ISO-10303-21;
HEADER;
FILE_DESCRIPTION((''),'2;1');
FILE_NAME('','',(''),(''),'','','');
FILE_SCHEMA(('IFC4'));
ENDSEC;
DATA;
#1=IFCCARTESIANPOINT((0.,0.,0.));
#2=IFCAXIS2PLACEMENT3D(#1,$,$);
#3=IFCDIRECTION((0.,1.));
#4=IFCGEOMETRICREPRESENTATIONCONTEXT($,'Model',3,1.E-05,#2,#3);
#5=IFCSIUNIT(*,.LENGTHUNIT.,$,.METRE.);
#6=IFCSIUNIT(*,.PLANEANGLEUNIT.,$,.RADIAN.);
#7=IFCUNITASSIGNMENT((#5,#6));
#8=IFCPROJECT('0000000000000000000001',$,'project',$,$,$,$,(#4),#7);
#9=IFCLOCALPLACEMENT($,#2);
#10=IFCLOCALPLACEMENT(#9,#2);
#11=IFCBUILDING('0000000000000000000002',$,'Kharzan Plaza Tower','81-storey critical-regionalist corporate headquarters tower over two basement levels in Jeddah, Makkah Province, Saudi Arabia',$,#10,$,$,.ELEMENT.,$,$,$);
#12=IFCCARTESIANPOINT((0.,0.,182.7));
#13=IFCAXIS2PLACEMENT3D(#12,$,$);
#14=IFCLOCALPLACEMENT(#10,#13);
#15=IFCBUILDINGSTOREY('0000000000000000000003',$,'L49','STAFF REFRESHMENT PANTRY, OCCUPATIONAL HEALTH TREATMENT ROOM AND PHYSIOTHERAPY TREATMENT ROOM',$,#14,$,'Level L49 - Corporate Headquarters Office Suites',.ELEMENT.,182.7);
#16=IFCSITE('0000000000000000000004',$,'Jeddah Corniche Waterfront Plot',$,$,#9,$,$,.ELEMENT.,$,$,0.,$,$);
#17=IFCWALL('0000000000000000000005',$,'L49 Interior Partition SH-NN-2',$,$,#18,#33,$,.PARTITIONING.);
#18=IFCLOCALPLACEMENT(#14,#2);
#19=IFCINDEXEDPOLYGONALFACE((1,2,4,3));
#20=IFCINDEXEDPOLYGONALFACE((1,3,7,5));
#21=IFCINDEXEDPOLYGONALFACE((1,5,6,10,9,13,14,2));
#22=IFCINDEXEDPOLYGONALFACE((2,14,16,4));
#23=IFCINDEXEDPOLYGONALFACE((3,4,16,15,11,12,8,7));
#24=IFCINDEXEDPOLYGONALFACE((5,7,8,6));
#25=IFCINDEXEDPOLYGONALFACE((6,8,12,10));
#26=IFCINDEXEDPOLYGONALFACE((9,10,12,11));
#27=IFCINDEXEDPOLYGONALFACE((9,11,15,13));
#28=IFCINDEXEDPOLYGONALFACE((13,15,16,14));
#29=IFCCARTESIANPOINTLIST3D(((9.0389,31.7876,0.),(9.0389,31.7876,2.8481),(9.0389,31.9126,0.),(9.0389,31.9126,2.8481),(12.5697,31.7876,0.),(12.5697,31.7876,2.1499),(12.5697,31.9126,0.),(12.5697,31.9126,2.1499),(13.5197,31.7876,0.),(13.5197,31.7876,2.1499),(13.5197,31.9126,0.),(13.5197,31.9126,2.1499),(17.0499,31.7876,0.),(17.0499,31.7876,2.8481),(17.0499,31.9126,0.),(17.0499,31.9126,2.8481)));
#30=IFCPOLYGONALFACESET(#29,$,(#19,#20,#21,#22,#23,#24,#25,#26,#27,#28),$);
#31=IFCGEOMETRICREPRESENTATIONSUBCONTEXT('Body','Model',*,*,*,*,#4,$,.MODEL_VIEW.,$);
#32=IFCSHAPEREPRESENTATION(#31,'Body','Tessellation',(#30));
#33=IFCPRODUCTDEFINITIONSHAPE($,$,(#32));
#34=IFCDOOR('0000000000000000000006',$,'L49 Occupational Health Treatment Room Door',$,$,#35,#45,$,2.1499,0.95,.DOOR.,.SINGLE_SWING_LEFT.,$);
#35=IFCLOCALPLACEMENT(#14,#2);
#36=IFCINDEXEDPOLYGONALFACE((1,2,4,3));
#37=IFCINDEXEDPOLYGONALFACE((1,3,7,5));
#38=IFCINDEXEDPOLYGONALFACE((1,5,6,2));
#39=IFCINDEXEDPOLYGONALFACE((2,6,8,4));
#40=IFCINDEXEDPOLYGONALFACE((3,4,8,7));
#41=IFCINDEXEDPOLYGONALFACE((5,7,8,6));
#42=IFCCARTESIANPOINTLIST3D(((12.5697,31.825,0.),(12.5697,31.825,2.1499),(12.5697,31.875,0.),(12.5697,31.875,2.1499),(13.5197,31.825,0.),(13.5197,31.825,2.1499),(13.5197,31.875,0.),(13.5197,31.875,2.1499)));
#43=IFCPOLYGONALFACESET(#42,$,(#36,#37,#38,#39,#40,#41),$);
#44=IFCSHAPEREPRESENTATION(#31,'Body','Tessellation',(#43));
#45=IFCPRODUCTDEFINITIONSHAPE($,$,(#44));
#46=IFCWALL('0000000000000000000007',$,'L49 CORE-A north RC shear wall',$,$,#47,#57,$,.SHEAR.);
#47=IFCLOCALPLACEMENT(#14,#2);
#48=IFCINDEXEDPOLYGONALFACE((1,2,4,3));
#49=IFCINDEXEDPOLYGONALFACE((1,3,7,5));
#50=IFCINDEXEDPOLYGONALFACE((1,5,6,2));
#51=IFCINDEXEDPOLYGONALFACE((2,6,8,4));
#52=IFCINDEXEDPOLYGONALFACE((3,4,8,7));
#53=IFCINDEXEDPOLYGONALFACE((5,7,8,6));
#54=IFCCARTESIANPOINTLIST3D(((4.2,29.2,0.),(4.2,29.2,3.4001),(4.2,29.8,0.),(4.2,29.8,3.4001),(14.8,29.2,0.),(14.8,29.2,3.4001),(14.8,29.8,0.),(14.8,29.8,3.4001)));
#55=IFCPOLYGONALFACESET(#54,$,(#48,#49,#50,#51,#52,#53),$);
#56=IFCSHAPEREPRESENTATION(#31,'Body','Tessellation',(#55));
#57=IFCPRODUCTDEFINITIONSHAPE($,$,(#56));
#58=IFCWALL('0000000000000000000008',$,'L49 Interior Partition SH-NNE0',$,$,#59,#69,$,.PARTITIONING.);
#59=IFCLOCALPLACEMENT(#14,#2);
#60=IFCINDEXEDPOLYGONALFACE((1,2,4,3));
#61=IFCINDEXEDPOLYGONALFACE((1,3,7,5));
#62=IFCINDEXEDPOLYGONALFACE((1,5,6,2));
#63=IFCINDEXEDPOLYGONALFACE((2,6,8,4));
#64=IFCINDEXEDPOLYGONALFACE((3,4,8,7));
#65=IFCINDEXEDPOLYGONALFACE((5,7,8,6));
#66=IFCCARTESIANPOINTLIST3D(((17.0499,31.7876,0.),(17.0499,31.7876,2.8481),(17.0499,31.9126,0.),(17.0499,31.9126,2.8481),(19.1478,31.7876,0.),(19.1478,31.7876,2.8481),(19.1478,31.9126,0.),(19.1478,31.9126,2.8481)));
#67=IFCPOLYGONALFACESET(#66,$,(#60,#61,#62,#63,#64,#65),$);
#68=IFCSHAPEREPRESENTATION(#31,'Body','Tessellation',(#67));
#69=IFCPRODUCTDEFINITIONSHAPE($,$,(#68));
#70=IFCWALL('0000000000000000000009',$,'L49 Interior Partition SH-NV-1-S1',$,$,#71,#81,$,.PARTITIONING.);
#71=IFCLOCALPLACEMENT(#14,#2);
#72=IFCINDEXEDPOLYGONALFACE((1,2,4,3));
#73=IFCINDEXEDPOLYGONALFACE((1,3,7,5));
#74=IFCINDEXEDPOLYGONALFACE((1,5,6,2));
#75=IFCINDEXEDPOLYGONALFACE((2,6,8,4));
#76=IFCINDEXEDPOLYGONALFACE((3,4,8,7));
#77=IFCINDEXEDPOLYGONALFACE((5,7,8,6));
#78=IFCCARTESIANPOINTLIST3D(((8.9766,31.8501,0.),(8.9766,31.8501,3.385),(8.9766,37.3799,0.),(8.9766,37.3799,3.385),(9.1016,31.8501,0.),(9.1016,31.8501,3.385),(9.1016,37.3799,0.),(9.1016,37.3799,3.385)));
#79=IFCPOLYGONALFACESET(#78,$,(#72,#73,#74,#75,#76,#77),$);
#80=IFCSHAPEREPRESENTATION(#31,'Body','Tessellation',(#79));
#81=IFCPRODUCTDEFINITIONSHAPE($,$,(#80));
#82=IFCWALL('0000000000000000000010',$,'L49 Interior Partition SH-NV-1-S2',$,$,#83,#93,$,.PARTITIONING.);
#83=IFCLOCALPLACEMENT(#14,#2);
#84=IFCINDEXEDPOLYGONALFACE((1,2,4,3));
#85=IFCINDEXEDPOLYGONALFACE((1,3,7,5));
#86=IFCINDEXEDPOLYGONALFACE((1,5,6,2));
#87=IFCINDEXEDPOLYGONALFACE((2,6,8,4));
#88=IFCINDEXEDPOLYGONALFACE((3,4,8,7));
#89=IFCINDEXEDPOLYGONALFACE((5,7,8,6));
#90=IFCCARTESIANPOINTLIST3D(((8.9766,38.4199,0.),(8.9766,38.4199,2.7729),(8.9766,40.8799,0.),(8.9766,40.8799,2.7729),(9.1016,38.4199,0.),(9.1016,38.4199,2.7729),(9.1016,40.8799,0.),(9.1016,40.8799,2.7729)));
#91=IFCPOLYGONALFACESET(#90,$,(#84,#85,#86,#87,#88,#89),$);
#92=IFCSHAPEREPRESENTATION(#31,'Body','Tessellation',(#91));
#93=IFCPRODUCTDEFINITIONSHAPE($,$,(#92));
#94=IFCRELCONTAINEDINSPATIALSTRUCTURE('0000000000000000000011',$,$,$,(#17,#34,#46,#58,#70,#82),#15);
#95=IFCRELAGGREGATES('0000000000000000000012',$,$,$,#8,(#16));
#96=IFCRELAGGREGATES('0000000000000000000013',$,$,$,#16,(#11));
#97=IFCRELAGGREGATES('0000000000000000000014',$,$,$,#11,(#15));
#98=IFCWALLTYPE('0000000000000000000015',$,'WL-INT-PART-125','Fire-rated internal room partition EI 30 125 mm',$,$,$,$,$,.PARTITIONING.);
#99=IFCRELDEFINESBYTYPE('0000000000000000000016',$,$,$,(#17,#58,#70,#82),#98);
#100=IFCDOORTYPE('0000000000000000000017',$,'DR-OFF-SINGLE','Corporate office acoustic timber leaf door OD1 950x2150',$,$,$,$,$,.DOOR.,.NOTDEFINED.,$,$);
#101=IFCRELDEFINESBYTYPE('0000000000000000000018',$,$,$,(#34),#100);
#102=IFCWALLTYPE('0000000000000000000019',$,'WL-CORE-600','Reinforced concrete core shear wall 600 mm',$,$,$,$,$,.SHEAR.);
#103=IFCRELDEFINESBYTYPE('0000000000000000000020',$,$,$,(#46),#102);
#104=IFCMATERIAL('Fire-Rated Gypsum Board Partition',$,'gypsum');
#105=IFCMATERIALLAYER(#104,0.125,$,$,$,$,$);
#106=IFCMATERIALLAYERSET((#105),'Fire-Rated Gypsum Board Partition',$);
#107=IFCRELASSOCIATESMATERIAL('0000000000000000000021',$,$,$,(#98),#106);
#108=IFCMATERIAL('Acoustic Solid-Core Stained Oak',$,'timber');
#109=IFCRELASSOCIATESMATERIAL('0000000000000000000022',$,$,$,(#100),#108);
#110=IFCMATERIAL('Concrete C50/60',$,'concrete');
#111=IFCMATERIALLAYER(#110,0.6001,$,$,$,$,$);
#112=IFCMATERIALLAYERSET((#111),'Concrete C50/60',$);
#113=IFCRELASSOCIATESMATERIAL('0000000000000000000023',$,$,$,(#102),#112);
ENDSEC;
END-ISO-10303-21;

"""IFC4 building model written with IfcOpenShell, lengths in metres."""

from ifc_helpers import new_model, si_unit, direction, frame, frame_2d, origin, place, context, subcontext, project, spatial, rectangle, extrude, source, transform, mapped, material, layer, layer_set, type_object, element, fill, save


model = new_model("IFC4")

# Units and contexts
model_context = context("Model", 3, precision=1e-05, world=origin(), true_north=direction((0.0, 1.0)))
body_context = subcontext(model_context, "Body", "Model", "MODEL_VIEW")
ifc_project = project(units=[si_unit("LENGTHUNIT", "METRE"), si_unit("PLANEANGLEUNIT", "RADIAN")], contexts=[model_context])

# Site, building, storey
site_placement = place(None, origin())
site = spatial("IfcSite", under=ifc_project, at=site_placement, Name="Jeddah Corniche Waterfront Plot", CompositionType="ELEMENT", RefElevation=0.0)
building_placement = place(site_placement, origin())
building = spatial("IfcBuilding", under=site, at=building_placement, Name="Kharzan Plaza Tower", Description="81-storey critical-regionalist corporate headquarters tower over two basement levels in Jeddah, Makkah Province, Saudi Arabia", CompositionType="ELEMENT")
storey_placement = place(building_placement, frame((0.0, 0.0, 182.7)))
storey = spatial("IfcBuildingStorey", under=building, at=storey_placement, Name="L49", Description="STAFF REFRESHMENT PANTRY, OCCUPATIONAL HEALTH TREATMENT ROOM AND PHYSIOTHERAPY TREATMENT ROOM", LongName="Level L49 - Corporate Headquarters Office Suites", CompositionType="ELEMENT", Elevation=182.7)

# Shared definitions
ifc_material_1 = material(Name="Concrete C50/60", Category="concrete")

# Wall, opening, door
ifc_material_2 = material(Name="Fire-Rated Gypsum Board Partition", Category="gypsum")
ifc_layer_1 = layer(ifc_material_2, 0.125)
ifc_layer_set_1 = layer_set([ifc_layer_1], Name="Fire-Rated Gypsum Board Partition")
wall_type_1 = type_object("IfcWallType", Name="WL-INT-PART-125", Description="Fire-rated internal room partition EI 30 125 mm", PredefinedType="PARTITIONING", material=ifc_layer_set_1)
wall_1_placement = place(storey_placement, frame((9.0391, 31.8501, 0.0), z_axis=(0.0, 0.0, 1.0), x_axis=(1.0, 0.0, 0.0)))
wall_1 = element("IfcWall", 1, at=wall_1_placement, inside=storey, type_object=wall_type_1, Name="L49 Interior Partition SH-NN-2", PredefinedType="PARTITIONING", context=body_context, shape_type="SweptSolid", body=[
    extrude(rectangle(XDim=8.011, YDim=0.125, at=frame_2d((4.0054, 0.0))), origin(), (0.0, 0.0, 1.0), 2.8481),
])
opening_1_placement = place(wall_1_placement, frame((3.5305, 0.0, 0.0)))
opening_1 = element("IfcOpeningElement", 2, at=opening_1_placement, cuts=wall_1, PredefinedType="OPENING", context=body_context, shape_type="SweptSolid", body=[
    extrude(rectangle(XDim=0.95, YDim=2.1499, at=frame_2d((0.4751, 1.075))), frame((0.0, 0.0725, 0.0), z_axis=(0.0, -1.0, 0.0), x_axis=(1.0, 0.0, 0.0)), (0.0, 0.0, 1.0), 0.145),
])
ifc_material_3 = material(Name="Acoustic Solid-Core Stained Oak", Category="timber")
door_type = type_object("IfcDoorType", Name="DR-OFF-SINGLE", Description="Corporate office acoustic timber leaf door OD1 950x2150", OperationType="NOTDEFINED", PredefinedType="DOOR", material=ifc_material_3)
shared_shape_1 = source(origin(), body_context, "Body", "SweptSolid", [
    extrude(rectangle(XDim=0.95, YDim=2.1499, at=frame_2d((0.4751, 1.075))), frame((0.0, 0.0249, 0.0), z_axis=(0.0, -1.0, 0.0), x_axis=(1.0, 0.0, 0.0)), (0.0, 0.0, 1.0), 0.05),
])
door_placement = place(opening_1_placement, origin())
door = element("IfcDoor", 3, at=door_placement, inside=storey, type_object=door_type, Name="L49 Occupational Health Treatment Room Door", OperationType="SINGLE_SWING_LEFT", OverallHeight=2.1499, OverallWidth=0.95, PredefinedType="DOOR", context=body_context, shape_type="MappedRepresentation", body=[
    mapped(shared_shape_1, transform((0.0, 0.0, 0.0), x_axis=(1.0, 0.0, 0.0), y_axis=(0.0, 1.0, 0.0), z_axis=(0.0, 0.0, 1.0))),
])
fill(opening_1, door)

# Walls
ifc_layer_2 = layer(ifc_material_1, 0.6001)
ifc_layer_set_2 = layer_set([ifc_layer_2], Name="Concrete C50/60")
wall_type_2 = type_object("IfcWallType", Name="WL-CORE-600", Description="Reinforced concrete core shear wall 600 mm", PredefinedType="SHEAR", material=ifc_layer_set_2)
shared_shape_2 = source(origin(), body_context, "Body", "SweptSolid", [
    extrude(rectangle(XDim=10.6001, YDim=0.6001, at=frame_2d((5.3, 0.0))), origin(), (0.0, 0.0, 1.0), 3.4001),
])
wall_2_placement = place(storey_placement, frame((4.2, 29.5, 0.0), z_axis=(0.0, 0.0, 1.0), x_axis=(1.0, 0.0, 0.0)))
element("IfcWall", 4, at=wall_2_placement, inside=storey, type_object=wall_type_2, Name="L49 CORE-A north RC shear wall", PredefinedType="SHEAR", context=body_context, shape_type="MappedRepresentation", body=[
    mapped(shared_shape_2, transform((0.0, 0.0, 0.0), x_axis=(1.0, 0.0, 0.0), y_axis=(0.0, 1.0, 0.0), z_axis=(0.0, 0.0, 1.0))),
])
shared_shape_3 = source(origin(), body_context, "Body", "SweptSolid", [
    extrude(rectangle(XDim=2.0979, YDim=0.125, at=frame_2d((1.0488, 0.0))), origin(), (0.0, 0.0, 1.0), 2.8481),
])
wall_3_placement = place(storey_placement, frame((17.05, 31.8501, 0.0), z_axis=(0.0, 0.0, 1.0), x_axis=(1.0, 0.0, 0.0)))
element("IfcWall", 5, at=wall_3_placement, inside=storey, type_object=wall_type_1, Name="L49 Interior Partition SH-NNE0", PredefinedType="PARTITIONING", context=body_context, shape_type="MappedRepresentation", body=[
    mapped(shared_shape_3, transform((0.0, 0.0, 0.0), x_axis=(1.0, 0.0, 0.0), y_axis=(0.0, 1.0, 0.0), z_axis=(0.0, 0.0, 1.0))),
])
shared_shape_4 = source(origin(), body_context, "Body", "SweptSolid", [
    extrude(rectangle(XDim=5.5298, YDim=0.125, at=frame_2d((2.7649, 0.0))), origin(), (0.0, 0.0, 1.0), 3.385),
])
wall_4_placement = place(storey_placement, frame((9.0391, 31.8501, 0.0), z_axis=(0.0, 0.0, 1.0), x_axis=(0.0, 1.0, 0.0)))
element("IfcWall", 6, at=wall_4_placement, inside=storey, type_object=wall_type_1, Name="L49 Interior Partition SH-NV-1-S1", PredefinedType="PARTITIONING", context=body_context, shape_type="MappedRepresentation", body=[
    mapped(shared_shape_4, transform((0.0, 0.0, 0.0), x_axis=(1.0, 0.0, 0.0), y_axis=(0.0, 1.0, 0.0), z_axis=(0.0, 0.0, 1.0))),
])
shared_shape_5 = source(origin(), body_context, "Body", "SweptSolid", [
    extrude(rectangle(XDim=2.46, YDim=0.125, at=frame_2d((1.23, 0.0))), origin(), (0.0, 0.0, 1.0), 2.7729),
])
wall_5_placement = place(storey_placement, frame((9.0391, 38.4199, 0.0), z_axis=(0.0, 0.0, 1.0), x_axis=(0.0, 1.0, 0.0)))
element("IfcWall", 7, at=wall_5_placement, inside=storey, type_object=wall_type_1, Name="L49 Interior Partition SH-NV-1-S2", PredefinedType="PARTITIONING", context=body_context, shape_type="MappedRepresentation", body=[
    mapped(shared_shape_5, transform((0.0, 0.0, 0.0), x_axis=(1.0, 0.0, 0.0), y_axis=(0.0, 1.0, 0.0), z_axis=(0.0, 0.0, 1.0))),
])

save(model, "model.ifc")
